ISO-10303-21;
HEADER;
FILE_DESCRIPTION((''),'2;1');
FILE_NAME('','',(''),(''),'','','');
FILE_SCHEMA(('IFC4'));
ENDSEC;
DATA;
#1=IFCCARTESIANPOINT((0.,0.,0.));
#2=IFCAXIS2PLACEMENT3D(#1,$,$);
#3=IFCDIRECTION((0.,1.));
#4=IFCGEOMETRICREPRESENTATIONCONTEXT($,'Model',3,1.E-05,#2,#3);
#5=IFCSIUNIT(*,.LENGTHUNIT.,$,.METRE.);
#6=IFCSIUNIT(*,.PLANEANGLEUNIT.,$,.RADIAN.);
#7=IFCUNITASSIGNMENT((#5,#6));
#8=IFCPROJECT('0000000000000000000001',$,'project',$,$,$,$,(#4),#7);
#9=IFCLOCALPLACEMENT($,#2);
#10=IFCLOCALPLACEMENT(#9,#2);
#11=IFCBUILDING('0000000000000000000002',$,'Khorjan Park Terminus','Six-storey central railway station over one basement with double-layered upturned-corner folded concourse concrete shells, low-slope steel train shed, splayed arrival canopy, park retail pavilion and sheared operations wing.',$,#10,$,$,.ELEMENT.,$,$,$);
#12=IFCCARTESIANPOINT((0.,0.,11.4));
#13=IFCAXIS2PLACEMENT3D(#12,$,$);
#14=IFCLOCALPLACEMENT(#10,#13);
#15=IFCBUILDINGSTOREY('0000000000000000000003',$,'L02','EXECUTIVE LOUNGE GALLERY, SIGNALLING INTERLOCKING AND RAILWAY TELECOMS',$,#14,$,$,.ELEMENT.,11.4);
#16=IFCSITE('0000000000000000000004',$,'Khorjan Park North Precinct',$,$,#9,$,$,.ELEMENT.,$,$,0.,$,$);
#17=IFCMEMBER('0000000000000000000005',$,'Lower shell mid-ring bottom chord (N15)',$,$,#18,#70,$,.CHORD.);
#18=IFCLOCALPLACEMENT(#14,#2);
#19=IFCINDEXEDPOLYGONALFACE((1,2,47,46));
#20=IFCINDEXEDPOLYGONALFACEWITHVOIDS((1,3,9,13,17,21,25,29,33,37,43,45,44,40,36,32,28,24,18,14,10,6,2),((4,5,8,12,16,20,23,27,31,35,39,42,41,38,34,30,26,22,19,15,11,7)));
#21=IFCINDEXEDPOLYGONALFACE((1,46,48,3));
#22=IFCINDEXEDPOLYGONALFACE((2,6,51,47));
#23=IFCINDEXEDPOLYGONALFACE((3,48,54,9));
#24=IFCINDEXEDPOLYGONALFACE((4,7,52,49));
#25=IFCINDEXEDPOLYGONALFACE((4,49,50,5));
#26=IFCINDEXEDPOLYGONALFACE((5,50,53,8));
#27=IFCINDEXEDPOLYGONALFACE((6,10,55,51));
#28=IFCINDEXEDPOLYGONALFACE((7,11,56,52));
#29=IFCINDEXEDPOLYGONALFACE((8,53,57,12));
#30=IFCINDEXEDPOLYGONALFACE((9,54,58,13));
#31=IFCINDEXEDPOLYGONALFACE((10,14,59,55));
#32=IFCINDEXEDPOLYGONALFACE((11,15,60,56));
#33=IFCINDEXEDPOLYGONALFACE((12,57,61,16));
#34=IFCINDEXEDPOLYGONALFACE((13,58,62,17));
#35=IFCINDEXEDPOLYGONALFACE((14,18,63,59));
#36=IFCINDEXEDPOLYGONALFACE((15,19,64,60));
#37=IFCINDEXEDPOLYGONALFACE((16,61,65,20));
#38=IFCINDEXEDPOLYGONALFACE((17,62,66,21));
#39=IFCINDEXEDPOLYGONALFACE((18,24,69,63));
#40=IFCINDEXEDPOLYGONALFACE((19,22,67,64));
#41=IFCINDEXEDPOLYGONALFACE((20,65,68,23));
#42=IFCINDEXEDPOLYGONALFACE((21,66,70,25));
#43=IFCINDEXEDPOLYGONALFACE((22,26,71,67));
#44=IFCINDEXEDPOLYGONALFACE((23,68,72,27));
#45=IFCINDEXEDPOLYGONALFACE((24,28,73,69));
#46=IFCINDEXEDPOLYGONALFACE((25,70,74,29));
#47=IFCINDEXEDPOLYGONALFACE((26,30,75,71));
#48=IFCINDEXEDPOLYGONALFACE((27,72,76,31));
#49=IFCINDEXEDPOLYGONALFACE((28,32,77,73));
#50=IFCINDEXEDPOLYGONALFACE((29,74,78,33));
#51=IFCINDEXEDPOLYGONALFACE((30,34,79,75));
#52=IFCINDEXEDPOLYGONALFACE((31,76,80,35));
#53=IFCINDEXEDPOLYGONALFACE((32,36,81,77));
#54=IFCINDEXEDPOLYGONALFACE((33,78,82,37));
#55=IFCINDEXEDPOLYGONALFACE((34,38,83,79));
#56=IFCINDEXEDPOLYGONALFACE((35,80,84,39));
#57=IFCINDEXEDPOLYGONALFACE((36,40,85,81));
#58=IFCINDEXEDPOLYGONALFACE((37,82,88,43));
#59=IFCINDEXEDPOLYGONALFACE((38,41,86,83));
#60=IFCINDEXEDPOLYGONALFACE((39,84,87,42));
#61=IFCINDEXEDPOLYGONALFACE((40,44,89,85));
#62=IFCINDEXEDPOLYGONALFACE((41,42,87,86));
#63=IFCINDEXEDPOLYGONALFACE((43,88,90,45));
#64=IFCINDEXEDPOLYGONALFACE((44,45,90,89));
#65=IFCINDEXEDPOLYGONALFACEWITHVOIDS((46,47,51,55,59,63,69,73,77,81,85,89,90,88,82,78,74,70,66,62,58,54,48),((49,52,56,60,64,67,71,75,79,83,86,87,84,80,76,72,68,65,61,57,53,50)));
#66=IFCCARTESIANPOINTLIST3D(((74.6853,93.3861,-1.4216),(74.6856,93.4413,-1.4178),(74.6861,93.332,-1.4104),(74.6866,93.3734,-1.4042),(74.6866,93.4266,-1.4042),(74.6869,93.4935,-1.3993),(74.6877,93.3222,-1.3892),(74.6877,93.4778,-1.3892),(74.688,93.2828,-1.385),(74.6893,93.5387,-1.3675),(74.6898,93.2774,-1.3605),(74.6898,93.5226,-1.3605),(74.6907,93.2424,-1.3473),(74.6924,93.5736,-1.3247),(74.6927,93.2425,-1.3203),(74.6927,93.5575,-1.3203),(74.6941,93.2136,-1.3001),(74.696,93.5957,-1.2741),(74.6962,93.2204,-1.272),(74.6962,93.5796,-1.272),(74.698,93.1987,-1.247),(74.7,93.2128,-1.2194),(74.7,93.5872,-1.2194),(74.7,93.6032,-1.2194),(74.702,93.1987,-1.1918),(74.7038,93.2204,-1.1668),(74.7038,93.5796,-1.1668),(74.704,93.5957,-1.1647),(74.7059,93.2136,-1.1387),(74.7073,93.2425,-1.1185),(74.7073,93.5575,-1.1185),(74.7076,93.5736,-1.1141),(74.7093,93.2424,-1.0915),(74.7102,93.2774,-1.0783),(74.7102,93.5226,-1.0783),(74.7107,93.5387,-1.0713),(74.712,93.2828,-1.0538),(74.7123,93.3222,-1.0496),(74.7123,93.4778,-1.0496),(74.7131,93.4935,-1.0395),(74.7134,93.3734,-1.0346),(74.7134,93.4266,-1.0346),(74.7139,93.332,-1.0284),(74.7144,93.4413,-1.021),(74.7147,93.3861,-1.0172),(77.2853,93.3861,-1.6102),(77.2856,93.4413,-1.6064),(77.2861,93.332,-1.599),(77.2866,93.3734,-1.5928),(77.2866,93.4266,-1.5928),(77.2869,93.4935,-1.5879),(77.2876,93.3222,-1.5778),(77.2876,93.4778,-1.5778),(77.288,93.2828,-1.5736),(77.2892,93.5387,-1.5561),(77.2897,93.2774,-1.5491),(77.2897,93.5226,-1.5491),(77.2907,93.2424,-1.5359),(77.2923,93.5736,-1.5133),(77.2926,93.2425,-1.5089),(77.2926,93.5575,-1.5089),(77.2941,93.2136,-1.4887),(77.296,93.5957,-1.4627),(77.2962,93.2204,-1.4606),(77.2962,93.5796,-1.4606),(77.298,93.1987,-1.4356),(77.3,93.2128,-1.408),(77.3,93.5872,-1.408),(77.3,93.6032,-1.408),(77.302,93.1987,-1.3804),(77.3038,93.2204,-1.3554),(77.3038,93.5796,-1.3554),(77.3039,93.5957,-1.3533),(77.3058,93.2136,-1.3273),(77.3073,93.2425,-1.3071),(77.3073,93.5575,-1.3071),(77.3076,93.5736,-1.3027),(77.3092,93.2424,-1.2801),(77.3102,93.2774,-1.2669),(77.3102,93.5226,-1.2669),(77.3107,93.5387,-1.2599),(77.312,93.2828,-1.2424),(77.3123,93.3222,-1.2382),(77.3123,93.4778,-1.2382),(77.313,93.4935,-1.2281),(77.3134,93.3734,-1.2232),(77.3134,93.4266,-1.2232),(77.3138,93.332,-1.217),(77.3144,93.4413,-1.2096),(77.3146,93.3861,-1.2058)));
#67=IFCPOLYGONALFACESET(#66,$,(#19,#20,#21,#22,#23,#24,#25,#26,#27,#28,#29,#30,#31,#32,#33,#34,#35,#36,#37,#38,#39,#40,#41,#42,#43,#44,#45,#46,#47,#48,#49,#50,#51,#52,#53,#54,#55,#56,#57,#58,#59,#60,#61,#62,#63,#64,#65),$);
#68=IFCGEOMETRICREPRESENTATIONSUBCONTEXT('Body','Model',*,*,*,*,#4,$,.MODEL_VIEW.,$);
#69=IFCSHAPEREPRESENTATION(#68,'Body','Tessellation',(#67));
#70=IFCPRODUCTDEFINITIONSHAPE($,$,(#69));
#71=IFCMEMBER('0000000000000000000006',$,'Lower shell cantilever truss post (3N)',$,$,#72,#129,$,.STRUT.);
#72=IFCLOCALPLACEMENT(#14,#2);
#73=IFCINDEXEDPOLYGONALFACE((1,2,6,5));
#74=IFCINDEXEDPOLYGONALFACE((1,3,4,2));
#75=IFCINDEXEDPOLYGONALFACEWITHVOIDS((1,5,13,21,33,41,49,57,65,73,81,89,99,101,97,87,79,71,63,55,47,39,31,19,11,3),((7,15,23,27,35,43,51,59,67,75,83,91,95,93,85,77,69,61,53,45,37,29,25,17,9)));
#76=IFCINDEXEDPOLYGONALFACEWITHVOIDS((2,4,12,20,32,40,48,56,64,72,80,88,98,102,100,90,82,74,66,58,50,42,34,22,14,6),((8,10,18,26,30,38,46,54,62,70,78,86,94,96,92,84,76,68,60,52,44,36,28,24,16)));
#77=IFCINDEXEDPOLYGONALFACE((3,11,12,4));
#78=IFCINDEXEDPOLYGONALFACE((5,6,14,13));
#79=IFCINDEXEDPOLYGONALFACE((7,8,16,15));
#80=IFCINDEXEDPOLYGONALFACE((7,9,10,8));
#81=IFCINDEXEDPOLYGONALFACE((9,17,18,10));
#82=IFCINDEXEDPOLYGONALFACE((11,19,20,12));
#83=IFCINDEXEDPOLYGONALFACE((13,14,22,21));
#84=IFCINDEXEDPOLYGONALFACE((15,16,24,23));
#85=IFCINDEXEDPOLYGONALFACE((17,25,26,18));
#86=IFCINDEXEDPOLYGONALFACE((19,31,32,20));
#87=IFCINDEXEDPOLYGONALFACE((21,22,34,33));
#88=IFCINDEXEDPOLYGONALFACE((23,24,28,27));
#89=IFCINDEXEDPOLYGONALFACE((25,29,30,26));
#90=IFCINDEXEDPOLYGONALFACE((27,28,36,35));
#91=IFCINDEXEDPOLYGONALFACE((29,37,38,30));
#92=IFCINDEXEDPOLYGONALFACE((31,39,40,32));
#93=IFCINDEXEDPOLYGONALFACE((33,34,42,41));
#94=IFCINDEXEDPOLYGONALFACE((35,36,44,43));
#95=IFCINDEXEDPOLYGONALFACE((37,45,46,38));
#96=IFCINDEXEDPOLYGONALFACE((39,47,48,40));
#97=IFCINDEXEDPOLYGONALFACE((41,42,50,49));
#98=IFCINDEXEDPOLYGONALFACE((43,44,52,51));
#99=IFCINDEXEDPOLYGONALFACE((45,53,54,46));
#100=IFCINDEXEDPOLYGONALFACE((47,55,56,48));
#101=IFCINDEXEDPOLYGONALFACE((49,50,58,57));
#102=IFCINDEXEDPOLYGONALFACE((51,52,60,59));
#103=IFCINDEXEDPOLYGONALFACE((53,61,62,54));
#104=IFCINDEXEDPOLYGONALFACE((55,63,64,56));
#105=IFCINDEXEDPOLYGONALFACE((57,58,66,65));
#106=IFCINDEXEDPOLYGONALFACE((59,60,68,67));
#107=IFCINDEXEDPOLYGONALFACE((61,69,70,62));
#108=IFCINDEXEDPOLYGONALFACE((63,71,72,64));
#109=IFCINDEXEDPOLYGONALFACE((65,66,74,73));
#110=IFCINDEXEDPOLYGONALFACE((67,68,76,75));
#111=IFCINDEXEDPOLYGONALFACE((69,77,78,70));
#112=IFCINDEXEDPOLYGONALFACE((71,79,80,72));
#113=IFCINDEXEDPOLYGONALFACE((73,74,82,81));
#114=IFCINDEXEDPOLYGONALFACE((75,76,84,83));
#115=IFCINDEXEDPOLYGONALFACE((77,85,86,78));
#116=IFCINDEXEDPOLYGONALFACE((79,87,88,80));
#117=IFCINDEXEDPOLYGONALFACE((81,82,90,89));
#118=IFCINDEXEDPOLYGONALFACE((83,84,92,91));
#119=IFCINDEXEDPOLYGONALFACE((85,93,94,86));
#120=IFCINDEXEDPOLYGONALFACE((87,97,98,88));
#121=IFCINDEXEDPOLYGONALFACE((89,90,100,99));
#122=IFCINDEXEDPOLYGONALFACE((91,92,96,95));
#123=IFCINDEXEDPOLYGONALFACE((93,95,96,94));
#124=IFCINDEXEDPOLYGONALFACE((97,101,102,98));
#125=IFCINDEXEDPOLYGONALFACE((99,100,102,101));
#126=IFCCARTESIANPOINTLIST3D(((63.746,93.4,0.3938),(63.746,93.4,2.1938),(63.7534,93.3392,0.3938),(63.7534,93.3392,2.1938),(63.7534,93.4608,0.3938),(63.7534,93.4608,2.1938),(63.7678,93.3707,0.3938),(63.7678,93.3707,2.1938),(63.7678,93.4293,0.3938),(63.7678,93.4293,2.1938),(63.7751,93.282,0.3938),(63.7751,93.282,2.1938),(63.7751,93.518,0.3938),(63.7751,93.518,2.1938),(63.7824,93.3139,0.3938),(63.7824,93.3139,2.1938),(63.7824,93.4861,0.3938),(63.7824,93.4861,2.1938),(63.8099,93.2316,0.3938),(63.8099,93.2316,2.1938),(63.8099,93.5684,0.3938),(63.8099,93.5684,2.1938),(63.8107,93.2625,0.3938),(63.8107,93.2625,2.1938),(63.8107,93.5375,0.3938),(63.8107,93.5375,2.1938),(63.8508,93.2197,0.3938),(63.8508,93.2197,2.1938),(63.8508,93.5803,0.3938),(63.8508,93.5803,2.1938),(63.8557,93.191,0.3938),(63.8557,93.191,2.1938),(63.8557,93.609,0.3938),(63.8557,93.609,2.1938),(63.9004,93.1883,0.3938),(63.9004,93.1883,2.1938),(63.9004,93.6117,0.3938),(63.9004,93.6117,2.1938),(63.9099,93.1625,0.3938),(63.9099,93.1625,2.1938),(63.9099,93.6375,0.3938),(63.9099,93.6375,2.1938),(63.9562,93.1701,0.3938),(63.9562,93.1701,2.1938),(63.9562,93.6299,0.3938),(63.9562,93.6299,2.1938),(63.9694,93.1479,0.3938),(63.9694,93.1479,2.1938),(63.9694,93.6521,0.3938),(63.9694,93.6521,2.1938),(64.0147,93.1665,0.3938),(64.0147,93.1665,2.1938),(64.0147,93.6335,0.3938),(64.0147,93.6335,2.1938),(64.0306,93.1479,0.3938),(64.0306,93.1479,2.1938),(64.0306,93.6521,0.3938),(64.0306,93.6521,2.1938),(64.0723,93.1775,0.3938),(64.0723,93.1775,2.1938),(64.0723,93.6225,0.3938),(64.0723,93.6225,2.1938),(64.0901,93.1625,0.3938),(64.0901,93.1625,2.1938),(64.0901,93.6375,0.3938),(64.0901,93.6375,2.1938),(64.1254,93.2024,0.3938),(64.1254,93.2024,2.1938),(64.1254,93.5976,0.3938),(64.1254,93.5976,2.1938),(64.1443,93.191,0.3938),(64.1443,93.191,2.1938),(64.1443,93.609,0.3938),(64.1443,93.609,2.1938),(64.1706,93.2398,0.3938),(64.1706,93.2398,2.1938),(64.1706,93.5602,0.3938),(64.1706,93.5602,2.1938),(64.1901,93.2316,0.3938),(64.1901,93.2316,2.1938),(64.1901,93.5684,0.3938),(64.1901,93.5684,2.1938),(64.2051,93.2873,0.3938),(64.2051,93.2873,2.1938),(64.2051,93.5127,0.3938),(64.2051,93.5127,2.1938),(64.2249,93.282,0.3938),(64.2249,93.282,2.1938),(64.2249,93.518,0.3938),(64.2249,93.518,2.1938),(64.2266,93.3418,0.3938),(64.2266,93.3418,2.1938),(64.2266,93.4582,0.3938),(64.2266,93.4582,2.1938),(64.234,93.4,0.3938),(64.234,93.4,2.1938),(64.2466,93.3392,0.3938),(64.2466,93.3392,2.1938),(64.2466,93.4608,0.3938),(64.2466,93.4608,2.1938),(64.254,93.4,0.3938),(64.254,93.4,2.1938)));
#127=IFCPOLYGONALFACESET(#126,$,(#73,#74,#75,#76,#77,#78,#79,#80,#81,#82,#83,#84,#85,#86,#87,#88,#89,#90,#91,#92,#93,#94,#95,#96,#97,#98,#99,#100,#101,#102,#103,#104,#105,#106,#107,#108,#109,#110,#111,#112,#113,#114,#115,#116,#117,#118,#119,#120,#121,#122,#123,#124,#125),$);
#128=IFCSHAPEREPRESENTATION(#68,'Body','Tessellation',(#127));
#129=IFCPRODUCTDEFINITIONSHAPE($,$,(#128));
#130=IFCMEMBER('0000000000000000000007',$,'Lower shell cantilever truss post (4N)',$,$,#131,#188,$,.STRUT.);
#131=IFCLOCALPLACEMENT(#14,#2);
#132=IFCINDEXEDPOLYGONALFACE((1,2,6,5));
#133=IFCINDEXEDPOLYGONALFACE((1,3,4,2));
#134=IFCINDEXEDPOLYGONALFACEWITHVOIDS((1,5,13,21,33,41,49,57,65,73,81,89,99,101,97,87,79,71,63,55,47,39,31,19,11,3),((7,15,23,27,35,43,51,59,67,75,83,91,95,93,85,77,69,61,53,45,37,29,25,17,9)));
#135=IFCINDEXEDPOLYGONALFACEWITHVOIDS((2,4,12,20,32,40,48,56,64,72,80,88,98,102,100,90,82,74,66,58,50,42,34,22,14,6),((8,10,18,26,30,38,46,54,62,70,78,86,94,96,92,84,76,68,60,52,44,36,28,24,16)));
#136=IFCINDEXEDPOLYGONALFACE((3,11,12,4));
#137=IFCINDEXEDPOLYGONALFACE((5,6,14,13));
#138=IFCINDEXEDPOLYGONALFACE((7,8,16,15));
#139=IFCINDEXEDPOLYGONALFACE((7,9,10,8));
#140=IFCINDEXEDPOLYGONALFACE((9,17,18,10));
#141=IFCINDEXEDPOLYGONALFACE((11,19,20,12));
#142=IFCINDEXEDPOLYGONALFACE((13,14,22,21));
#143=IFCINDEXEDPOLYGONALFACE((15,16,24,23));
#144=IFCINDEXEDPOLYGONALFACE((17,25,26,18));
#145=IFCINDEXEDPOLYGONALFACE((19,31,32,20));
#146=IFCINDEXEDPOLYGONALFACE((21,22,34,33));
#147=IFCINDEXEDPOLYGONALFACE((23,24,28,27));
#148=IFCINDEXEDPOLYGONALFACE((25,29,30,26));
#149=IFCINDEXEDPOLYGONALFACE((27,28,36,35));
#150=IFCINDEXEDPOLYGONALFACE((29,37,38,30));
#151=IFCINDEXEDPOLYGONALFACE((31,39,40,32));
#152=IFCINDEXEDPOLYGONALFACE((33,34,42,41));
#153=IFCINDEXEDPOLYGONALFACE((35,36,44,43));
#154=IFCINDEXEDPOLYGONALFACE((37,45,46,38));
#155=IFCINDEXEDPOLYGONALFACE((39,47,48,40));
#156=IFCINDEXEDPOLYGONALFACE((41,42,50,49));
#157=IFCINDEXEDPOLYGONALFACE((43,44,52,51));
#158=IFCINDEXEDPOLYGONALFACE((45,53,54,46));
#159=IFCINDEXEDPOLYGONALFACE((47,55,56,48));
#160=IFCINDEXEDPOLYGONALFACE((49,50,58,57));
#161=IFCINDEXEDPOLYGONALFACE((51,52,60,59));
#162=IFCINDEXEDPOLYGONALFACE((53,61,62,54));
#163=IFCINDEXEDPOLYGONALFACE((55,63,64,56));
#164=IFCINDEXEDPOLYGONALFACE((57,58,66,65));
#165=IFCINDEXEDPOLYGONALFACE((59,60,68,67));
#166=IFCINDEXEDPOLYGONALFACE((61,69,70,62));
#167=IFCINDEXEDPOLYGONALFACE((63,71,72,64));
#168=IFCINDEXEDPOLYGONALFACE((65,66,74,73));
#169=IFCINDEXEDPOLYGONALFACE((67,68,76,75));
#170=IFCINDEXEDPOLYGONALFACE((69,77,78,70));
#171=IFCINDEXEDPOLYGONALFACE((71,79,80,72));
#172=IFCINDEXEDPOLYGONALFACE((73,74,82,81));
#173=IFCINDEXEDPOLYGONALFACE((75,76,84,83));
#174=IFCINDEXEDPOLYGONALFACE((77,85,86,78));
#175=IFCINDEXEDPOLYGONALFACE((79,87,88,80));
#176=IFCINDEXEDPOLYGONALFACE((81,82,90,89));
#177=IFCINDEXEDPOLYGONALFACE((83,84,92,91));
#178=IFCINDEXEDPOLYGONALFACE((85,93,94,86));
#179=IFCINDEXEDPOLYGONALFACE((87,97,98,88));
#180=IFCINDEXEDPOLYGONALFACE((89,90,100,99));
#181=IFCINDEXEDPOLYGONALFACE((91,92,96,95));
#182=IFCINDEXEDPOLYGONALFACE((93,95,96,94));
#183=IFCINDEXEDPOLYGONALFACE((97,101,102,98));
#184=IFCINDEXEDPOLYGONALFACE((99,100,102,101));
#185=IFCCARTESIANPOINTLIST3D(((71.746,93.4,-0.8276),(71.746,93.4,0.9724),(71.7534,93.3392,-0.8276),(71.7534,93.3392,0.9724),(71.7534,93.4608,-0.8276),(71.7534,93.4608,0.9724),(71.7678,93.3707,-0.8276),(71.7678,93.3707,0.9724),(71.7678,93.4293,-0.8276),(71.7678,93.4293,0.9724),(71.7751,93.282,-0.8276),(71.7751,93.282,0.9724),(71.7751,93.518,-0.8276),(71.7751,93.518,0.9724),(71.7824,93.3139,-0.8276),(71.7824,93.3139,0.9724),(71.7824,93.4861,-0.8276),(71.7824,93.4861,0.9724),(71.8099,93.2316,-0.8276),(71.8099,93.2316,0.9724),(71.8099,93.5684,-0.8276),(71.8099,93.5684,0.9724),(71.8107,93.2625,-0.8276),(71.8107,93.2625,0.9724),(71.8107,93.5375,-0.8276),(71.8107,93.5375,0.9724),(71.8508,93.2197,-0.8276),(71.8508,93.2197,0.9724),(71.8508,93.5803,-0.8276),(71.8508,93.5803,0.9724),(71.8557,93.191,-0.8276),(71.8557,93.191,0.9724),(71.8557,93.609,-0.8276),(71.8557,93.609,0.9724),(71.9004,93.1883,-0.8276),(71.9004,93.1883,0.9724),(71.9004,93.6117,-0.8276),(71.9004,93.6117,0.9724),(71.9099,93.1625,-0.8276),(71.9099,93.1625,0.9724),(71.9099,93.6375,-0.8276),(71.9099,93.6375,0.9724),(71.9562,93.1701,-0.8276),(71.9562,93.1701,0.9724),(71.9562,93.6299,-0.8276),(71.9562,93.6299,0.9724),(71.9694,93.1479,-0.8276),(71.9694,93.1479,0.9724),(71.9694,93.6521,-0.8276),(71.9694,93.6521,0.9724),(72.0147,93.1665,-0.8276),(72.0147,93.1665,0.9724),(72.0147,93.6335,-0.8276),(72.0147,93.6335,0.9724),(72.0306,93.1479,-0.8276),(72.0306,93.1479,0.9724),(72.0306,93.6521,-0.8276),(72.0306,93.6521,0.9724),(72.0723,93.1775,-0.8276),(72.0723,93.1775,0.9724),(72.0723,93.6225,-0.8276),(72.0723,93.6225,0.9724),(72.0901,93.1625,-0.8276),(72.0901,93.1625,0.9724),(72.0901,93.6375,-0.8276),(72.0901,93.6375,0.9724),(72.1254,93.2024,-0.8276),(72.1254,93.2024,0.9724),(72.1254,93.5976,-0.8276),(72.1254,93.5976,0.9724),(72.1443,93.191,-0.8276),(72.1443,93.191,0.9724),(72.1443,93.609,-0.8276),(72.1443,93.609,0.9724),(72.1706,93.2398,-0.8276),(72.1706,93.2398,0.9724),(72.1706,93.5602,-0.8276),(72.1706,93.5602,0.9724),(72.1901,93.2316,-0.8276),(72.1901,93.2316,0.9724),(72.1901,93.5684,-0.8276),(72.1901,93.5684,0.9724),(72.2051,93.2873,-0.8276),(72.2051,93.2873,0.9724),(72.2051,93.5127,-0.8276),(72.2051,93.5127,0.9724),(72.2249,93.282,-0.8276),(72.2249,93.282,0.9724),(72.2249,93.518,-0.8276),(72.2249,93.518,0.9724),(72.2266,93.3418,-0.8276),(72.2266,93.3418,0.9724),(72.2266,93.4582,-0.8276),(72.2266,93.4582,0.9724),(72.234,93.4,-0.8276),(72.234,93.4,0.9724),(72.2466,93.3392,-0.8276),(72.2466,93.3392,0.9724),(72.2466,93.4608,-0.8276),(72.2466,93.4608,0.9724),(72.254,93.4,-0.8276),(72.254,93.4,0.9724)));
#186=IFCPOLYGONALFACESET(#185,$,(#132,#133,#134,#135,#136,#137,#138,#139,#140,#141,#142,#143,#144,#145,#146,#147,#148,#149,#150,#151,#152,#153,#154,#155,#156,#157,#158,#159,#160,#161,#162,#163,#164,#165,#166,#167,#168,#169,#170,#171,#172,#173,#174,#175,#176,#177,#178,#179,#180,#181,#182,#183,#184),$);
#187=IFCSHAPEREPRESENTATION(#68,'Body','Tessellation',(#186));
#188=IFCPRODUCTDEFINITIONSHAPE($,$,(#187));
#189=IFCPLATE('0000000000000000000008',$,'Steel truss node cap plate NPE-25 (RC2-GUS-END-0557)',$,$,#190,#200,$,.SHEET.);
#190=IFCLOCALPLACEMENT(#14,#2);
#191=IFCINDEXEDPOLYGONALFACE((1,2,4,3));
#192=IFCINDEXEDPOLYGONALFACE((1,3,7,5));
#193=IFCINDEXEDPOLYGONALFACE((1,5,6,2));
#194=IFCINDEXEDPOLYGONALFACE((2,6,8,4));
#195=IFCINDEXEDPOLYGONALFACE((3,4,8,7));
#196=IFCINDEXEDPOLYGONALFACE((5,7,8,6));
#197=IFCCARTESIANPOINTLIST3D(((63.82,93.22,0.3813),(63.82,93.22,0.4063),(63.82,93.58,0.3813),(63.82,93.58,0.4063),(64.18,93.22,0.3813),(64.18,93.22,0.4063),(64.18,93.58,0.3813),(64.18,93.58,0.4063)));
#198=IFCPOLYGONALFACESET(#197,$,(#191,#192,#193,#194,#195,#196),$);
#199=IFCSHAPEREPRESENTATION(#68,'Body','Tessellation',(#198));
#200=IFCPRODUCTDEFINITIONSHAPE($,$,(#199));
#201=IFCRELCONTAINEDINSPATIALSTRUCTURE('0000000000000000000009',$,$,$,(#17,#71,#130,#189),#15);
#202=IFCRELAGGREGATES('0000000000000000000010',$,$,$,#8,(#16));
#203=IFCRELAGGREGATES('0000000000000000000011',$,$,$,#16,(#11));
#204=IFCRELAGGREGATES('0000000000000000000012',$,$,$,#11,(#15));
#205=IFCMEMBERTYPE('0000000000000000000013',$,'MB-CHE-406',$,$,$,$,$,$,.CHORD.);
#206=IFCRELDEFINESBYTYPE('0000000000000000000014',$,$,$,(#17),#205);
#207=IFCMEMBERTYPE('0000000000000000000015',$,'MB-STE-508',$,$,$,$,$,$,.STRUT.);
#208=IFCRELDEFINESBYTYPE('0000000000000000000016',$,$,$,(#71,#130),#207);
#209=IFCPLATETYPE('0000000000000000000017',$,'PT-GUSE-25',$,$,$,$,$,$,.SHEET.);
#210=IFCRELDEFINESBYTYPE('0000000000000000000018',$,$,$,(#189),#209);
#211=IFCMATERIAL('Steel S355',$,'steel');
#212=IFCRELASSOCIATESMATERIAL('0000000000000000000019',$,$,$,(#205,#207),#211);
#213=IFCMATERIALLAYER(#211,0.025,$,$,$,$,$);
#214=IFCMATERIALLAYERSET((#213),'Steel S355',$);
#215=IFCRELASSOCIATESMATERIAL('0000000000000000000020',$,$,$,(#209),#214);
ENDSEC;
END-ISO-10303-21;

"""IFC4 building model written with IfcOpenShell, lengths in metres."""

from ifc_helpers import new_model, si_unit, direction, frame, origin, origin_2d, place, context, subcontext, project, spatial, rectangle, hollow_circle, extrude, material, layer, layer_set, material_profile, profile_set, type_object, element, save


model = new_model("IFC4")

# Units and contexts
model_context = context("Model", 3, precision=1e-05, world=origin(), true_north=direction((0.0, 1.0)))
body_context = subcontext(model_context, "Body", "Model", "MODEL_VIEW")
ifc_project = project(units=[si_unit("LENGTHUNIT", "METRE"), si_unit("PLANEANGLEUNIT", "RADIAN")], contexts=[model_context])

# Site, building, storey
site_placement = place(None, origin())
site = spatial("IfcSite", under=ifc_project, at=site_placement, Name="Khorjan Park North Precinct", CompositionType="ELEMENT", RefElevation=0.0)
building_placement = place(site_placement, origin())
building = spatial("IfcBuilding", under=site, at=building_placement, Name="Khorjan Park Terminus", Description="Six-storey central railway station over one basement with double-layered upturned-corner folded concourse concrete shells, low-slope steel train shed, splayed arrival canopy, park retail pavilion and sheared operations wing.", CompositionType="ELEMENT")
storey_placement = place(building_placement, frame((0.0, 0.0, 11.4)))
storey = spatial("IfcBuildingStorey", under=building, at=storey_placement, Name="L02", Description="EXECUTIVE LOUNGE GALLERY, SIGNALLING INTERLOCKING AND RAILWAY TELECOMS", CompositionType="ELEMENT", Elevation=11.4)

# Members
ifc_material_1 = material(Name="Steel S355", Category="steel")
ifc_material_profile_1 = material_profile(ifc_material_1, hollow_circle(Radius=0.2032, WallThickness=0.016, at=origin_2d()), Name="CHS 406.4x16")
ifc_profile_set_1 = profile_set([ifc_material_profile_1], Name="Steel S355")
member_type_1 = type_object("IfcMemberType", Name="MB-CHE-406", PredefinedType="CHORD", material=ifc_profile_set_1)
for number, where, z_axis, x_axis, name in (
    (1, (74.7, 93.4, -1.2194), (0.997379, 0.0, -0.072348), (0.0, 1.0, 0.0), "Lower shell mid-ring bottom chord (N15)"),
):
    element("IfcMember", number, at=place(storey_placement, frame(where, z_axis=z_axis, x_axis=x_axis)), inside=storey, type_object=member_type_1, Name=name, PredefinedType="CHORD", context=body_context, shape_type="SweptSolid", body=[
        extrude(hollow_circle(Radius=0.2032, WallThickness=0.016, at=origin_2d()), origin(), (0.0, 0.0, 1.0), 2.6068),
    ])
ifc_material_profile_2 = material_profile(ifc_material_1, hollow_circle(Radius=0.254, WallThickness=0.02, at=origin_2d()), Name="CHS 508x20")
ifc_profile_set_2 = profile_set([ifc_material_profile_2], Name="Steel S355")
member_type_2 = type_object("IfcMemberType", Name="MB-STE-508", PredefinedType="STRUT", material=ifc_profile_set_2)
for number, where, z_axis, x_axis, name in (
    (2, (64.0, 93.4, 0.3938), (0.0, 0.0, 1.0), (1.0, 0.0, 0.0), "Lower shell cantilever truss post (3N)"),
    (3, (72.0, 93.4, -0.8276), (0.0, 0.0, 1.0), (1.0, 0.0, 0.0), "Lower shell cantilever truss post (4N)"),
):
    element("IfcMember", number, at=place(storey_placement, frame(where, z_axis=z_axis, x_axis=x_axis)), inside=storey, type_object=member_type_2, Name=name, PredefinedType="STRUT", context=body_context, shape_type="SweptSolid", body=[
        extrude(hollow_circle(Radius=0.254, WallThickness=0.02, at=origin_2d()), origin(), (0.0, 0.0, 1.0), 1.8),
    ])

# Plate
ifc_layer_1 = layer(ifc_material_1, 0.025)
ifc_layer_set_1 = layer_set([ifc_layer_1], Name="Steel S355")
plate_type = type_object("IfcPlateType", Name="PT-GUSE-25", PredefinedType="SHEET", material=ifc_layer_set_1)
plate_1_placement = place(storey_placement, frame((64.0, 93.4, 0.3813), z_axis=(0.0, 0.0, 1.0), x_axis=(1.0, 0.0, 0.0)))
element("IfcPlate", 4, at=plate_1_placement, inside=storey, type_object=plate_type, Name="Steel truss node cap plate NPE-25 (RC2-GUS-END-0557)", PredefinedType="SHEET", context=body_context, shape_type="SweptSolid", body=[
    extrude(rectangle(XDim=0.36, YDim=0.36, at=origin_2d()), origin(), (0.0, 0.0, 1.0), 0.025),
])

save(model, "model.ifc")
